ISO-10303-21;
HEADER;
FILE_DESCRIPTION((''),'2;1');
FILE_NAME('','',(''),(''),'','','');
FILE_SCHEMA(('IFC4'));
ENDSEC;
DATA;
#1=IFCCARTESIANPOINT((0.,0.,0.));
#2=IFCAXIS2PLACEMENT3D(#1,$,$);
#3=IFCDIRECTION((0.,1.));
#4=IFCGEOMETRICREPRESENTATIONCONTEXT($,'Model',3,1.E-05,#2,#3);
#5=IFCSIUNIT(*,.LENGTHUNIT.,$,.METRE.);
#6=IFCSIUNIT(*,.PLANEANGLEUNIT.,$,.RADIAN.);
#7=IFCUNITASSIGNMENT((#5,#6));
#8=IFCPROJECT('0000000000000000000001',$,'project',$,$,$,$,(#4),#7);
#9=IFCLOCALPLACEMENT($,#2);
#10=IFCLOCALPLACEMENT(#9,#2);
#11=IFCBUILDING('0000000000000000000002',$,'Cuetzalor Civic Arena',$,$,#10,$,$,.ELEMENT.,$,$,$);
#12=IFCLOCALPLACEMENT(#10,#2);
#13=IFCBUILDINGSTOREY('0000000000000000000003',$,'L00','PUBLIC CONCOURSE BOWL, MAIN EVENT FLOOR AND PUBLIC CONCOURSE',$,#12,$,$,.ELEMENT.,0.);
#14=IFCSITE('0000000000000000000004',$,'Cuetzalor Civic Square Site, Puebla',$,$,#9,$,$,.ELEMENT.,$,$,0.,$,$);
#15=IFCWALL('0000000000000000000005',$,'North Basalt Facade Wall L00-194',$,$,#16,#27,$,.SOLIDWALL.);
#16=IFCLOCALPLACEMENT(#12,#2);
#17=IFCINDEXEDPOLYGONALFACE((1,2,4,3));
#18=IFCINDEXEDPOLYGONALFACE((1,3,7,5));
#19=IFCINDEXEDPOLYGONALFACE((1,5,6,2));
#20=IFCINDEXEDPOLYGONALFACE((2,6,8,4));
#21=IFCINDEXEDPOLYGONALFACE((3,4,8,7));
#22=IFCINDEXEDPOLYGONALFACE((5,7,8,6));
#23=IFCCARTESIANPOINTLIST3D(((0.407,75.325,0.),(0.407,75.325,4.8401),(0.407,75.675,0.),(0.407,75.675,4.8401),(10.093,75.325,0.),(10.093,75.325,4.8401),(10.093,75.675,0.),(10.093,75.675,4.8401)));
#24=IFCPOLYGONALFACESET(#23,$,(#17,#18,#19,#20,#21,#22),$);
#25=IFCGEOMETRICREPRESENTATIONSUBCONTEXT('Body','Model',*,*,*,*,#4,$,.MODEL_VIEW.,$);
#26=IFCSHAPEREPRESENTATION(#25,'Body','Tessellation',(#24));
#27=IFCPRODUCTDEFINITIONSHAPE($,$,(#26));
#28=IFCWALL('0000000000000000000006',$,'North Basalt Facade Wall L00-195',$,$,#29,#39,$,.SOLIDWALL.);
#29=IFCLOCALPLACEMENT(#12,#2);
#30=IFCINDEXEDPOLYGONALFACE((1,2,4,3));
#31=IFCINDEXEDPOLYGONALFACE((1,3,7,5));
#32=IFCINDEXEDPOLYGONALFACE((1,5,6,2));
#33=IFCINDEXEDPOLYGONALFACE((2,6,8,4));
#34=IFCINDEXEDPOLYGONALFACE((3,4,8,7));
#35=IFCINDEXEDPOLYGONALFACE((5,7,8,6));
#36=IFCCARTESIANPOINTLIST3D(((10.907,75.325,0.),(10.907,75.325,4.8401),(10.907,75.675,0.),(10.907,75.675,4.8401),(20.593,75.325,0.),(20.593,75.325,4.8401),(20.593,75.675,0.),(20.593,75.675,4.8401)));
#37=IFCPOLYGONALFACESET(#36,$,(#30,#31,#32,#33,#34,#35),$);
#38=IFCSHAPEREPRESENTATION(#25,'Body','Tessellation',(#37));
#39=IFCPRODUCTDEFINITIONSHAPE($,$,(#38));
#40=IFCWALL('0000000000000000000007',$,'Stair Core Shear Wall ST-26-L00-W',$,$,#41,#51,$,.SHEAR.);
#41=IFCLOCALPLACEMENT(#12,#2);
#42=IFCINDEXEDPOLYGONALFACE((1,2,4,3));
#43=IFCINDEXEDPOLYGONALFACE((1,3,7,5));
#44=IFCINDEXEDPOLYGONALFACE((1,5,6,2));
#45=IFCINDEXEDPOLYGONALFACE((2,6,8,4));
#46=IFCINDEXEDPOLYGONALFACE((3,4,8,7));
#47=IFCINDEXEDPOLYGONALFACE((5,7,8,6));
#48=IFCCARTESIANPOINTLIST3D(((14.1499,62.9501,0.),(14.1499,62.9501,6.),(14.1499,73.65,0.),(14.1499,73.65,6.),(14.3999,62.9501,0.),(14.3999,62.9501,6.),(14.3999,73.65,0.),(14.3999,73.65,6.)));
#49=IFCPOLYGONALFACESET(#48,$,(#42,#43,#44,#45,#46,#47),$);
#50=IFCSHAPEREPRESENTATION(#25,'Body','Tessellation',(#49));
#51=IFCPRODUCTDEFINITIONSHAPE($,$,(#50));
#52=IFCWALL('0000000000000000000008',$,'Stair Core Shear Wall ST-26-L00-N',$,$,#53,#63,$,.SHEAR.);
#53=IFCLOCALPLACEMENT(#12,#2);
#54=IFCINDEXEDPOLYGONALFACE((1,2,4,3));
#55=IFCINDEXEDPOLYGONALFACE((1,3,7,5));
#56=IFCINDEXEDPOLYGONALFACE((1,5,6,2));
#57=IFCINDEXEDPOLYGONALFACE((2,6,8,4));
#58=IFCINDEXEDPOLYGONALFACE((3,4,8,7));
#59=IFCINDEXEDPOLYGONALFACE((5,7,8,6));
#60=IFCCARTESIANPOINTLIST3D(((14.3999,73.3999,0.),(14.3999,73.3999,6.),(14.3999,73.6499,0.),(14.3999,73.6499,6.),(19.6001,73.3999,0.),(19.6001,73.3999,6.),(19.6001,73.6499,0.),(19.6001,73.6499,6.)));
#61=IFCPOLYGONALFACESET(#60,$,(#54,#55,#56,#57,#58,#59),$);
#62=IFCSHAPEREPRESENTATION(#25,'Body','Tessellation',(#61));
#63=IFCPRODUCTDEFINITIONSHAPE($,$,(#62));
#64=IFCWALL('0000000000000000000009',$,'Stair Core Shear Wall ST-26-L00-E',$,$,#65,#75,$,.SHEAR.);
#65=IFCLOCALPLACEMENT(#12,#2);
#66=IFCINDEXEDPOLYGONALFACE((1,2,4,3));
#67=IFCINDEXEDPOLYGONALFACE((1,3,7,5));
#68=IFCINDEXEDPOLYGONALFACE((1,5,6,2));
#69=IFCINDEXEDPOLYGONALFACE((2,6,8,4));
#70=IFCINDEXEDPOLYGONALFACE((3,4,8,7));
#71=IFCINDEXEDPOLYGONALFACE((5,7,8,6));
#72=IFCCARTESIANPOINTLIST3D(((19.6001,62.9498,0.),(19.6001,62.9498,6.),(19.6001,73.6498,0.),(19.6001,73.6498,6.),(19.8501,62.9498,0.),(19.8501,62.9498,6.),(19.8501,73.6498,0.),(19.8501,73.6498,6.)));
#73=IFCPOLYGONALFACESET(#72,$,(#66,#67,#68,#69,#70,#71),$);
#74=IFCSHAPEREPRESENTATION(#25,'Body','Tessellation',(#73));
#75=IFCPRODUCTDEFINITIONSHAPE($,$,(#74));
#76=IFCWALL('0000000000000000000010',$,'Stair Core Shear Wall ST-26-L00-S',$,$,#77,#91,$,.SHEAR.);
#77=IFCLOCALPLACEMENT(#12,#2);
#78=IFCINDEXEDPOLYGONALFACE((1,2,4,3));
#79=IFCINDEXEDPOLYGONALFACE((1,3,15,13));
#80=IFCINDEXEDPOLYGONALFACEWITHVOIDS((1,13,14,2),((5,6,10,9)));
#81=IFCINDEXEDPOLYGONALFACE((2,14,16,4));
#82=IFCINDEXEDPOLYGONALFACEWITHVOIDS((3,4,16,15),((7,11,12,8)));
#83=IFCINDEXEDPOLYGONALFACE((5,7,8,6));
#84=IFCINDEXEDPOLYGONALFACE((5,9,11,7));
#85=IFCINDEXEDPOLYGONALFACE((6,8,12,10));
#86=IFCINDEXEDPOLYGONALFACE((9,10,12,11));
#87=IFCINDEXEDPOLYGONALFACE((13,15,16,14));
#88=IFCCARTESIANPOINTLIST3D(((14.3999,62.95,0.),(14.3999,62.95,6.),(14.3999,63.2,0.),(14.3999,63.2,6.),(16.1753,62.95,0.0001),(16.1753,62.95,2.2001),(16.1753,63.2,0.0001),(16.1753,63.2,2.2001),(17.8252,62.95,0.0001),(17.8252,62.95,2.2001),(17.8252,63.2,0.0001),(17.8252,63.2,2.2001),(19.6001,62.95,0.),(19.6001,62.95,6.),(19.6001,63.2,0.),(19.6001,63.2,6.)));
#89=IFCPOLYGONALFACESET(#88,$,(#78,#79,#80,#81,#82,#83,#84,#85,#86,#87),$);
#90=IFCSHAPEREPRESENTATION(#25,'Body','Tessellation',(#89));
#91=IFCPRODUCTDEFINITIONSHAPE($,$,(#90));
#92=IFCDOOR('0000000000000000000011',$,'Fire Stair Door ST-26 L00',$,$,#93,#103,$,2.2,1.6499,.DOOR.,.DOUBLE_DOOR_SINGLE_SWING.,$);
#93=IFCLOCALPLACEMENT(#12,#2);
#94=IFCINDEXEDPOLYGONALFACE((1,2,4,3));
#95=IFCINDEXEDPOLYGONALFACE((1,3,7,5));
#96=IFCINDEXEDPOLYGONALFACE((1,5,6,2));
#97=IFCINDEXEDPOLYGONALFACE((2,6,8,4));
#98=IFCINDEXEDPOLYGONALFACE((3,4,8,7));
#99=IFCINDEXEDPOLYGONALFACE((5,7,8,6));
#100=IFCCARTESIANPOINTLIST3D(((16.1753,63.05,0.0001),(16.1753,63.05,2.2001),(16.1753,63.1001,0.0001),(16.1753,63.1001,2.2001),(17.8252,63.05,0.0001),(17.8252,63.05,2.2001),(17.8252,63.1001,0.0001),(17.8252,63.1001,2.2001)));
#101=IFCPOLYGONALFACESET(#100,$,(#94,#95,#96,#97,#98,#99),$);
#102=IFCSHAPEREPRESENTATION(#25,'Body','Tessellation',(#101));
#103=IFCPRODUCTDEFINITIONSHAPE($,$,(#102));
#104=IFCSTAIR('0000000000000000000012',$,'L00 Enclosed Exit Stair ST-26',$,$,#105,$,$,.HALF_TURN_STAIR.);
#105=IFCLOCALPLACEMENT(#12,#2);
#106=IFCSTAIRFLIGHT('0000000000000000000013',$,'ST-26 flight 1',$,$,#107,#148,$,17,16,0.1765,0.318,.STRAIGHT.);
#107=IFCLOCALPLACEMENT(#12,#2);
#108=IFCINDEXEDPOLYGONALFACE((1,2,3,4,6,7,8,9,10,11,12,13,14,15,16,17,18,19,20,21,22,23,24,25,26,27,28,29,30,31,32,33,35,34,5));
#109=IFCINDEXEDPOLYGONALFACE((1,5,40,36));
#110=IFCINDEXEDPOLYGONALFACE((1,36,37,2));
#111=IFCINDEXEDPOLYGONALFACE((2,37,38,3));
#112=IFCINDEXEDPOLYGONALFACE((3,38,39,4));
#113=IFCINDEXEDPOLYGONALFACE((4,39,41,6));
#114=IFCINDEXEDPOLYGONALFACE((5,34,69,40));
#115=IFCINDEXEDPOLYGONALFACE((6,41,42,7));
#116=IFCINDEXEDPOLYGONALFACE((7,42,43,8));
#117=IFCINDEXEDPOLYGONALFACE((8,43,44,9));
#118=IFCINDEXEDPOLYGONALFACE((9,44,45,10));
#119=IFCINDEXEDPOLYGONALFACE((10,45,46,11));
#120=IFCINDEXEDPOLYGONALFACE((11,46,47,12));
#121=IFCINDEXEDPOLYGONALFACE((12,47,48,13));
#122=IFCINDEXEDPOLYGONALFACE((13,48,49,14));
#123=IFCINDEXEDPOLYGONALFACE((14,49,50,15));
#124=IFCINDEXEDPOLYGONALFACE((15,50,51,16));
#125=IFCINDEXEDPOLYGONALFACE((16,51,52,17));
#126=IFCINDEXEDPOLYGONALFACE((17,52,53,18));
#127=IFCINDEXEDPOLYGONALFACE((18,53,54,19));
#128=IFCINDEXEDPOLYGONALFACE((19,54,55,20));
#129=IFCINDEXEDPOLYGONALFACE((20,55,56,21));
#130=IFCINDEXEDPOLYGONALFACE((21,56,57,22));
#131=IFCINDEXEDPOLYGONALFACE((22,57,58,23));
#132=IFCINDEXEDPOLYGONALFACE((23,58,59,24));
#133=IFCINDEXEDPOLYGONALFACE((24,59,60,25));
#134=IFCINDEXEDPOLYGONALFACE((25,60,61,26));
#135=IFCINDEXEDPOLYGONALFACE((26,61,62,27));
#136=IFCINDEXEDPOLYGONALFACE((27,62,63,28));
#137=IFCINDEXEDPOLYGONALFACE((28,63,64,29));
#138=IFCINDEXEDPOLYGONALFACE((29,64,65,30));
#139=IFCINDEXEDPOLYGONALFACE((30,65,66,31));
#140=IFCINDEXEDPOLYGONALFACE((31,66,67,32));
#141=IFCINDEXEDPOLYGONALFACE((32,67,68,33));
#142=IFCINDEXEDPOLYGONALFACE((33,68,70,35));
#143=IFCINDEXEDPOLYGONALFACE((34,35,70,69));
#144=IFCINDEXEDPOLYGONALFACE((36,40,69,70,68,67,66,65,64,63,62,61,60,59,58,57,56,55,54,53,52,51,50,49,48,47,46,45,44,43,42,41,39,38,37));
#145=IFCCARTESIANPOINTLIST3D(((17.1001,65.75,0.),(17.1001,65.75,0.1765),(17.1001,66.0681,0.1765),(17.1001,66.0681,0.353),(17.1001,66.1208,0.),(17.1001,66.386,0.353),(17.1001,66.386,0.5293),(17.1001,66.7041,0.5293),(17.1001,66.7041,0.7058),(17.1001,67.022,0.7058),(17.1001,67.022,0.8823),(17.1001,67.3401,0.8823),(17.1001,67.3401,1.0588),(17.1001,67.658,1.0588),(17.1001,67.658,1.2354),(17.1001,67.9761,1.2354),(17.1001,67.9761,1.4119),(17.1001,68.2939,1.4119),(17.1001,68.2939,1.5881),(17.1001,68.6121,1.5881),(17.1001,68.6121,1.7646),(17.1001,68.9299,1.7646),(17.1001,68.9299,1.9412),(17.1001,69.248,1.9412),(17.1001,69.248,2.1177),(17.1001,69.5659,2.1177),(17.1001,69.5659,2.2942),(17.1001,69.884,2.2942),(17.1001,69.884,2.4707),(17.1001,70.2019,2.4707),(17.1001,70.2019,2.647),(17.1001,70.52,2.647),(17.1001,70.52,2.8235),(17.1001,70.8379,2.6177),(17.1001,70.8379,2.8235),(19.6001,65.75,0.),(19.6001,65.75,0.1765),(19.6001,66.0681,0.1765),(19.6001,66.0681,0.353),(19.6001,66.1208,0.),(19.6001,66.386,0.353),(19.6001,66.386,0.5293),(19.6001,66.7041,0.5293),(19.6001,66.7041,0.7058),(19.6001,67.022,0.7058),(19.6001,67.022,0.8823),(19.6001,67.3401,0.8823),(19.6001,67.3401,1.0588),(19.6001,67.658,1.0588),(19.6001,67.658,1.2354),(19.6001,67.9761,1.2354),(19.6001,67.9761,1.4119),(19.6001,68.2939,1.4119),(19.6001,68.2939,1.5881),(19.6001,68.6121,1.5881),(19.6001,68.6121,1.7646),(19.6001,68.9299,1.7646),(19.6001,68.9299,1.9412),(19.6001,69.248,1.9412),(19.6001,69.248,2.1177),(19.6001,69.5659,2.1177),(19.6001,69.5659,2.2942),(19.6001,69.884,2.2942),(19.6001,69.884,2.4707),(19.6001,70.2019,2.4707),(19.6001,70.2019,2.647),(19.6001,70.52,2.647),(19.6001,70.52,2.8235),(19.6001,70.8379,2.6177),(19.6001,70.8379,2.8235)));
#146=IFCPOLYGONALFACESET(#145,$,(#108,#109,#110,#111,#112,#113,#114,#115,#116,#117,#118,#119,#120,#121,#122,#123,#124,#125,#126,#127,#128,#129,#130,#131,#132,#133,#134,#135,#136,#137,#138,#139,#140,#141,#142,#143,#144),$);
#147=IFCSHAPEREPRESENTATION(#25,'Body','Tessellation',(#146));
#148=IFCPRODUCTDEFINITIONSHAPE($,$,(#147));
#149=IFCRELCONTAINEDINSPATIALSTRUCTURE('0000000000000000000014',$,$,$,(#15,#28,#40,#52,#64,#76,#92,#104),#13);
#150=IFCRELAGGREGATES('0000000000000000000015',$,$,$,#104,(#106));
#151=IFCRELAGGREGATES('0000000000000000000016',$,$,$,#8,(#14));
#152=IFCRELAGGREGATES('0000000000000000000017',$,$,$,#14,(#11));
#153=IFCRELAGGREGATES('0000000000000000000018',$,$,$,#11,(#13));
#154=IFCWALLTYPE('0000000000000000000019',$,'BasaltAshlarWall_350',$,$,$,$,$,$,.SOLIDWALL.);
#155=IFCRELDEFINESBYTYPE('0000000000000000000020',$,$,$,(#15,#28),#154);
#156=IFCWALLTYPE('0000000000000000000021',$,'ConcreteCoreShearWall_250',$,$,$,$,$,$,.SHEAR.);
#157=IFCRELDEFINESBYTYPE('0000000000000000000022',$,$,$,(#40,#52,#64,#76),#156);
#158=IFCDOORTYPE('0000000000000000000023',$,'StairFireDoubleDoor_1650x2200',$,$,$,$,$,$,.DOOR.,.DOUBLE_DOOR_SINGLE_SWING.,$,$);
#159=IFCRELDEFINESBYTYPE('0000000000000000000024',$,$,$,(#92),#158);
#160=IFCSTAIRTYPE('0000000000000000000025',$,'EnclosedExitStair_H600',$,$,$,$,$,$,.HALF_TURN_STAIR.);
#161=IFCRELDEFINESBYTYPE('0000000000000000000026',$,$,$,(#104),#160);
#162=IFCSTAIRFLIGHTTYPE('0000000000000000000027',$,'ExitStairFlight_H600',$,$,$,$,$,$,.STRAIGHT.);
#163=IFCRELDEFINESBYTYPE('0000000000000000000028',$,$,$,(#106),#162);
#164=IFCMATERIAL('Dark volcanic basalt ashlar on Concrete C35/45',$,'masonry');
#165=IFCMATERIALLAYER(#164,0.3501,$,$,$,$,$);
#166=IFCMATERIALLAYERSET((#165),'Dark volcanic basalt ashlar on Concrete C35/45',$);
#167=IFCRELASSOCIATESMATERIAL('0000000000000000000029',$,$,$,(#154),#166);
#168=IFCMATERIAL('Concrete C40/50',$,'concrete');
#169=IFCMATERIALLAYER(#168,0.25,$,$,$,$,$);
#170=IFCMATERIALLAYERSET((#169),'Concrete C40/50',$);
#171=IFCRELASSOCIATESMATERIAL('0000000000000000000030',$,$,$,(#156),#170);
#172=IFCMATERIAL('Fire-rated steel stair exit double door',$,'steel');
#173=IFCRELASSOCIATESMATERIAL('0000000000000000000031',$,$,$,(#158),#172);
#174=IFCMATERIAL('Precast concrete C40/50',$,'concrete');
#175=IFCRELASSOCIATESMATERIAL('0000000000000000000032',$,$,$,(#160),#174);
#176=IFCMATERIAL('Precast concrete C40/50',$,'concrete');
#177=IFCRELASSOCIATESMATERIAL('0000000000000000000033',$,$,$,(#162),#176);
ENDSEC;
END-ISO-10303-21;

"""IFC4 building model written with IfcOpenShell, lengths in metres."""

from ifc_helpers import new_model, si_unit, direction, frame, frame_2d, origin, place, context, subcontext, project, spatial, polyline, rectangle, outline, extrude, material, layer, layer_set, type_object, element, fill, aggregate, save


model = new_model("IFC4")

# Units and contexts
model_context = context("Model", 3, precision=1e-05, world=origin(), true_north=direction((0.0, 1.0)))
body_context = subcontext(model_context, "Body", "Model", "MODEL_VIEW")
ifc_project = project(units=[si_unit("LENGTHUNIT", "METRE"), si_unit("PLANEANGLEUNIT", "RADIAN")], contexts=[model_context])

# Site, building, storey
site_placement = place(None, origin())
site = spatial("IfcSite", under=ifc_project, at=site_placement, Name="Cuetzalor Civic Square Site, Puebla", CompositionType="ELEMENT", RefElevation=0.0)
building_placement = place(site_placement, origin())
building = spatial("IfcBuilding", under=site, at=building_placement, Name="Cuetzalor Civic Arena", CompositionType="ELEMENT")
storey_placement = place(building_placement, origin())
storey = spatial("IfcBuildingStorey", under=building, at=storey_placement, Name="L00", Description="PUBLIC CONCOURSE BOWL, MAIN EVENT FLOOR AND PUBLIC CONCOURSE", CompositionType="ELEMENT", Elevation=0.0)

# Walls
ifc_material_1 = material(Name="Dark volcanic basalt ashlar on Concrete C35/45", Category="masonry")
ifc_layer_1 = layer(ifc_material_1, 0.3501)
ifc_layer_set_1 = layer_set([ifc_layer_1], Name="Dark volcanic basalt ashlar on Concrete C35/45")
wall_type_1 = type_object("IfcWallType", Name="BasaltAshlarWall_350", PredefinedType="SOLIDWALL", material=ifc_layer_set_1)
for number, where, z_axis, x_axis, name in (
    (1, (0.407, 75.5, 0.0), (0.0, 0.0, 1.0), (1.0, 0.0, 0.0), "North Basalt Facade Wall L00-194"),
    (2, (10.907, 75.5, 0.0), (0.0, 0.0, 1.0), (1.0, 0.0, 0.0), "North Basalt Facade Wall L00-195"),
):
    element("IfcWall", number, at=place(storey_placement, frame(where, z_axis=z_axis, x_axis=x_axis)), inside=storey, type_object=wall_type_1, Name=name, PredefinedType="SOLIDWALL", context=body_context, shape_type="SweptSolid", body=[
        extrude(rectangle(XDim=9.686, YDim=0.3501, at=frame_2d((4.843, 0.0))), origin(), (0.0, 0.0, 1.0), 4.8401),
    ])
ifc_material_2 = material(Name="Concrete C40/50", Category="concrete")
ifc_layer_2 = layer(ifc_material_2, 0.25)
ifc_layer_set_2 = layer_set([ifc_layer_2], Name="Concrete C40/50")
wall_type_2 = type_object("IfcWallType", Name="ConcreteCoreShearWall_250", PredefinedType="SHEAR", material=ifc_layer_set_2)
wall_1_placement = place(storey_placement, frame((14.2749, 62.95, 0.0), z_axis=(0.0, 0.0, 1.0), x_axis=(0.0, 1.0, 0.0)))
element("IfcWall", 3, at=wall_1_placement, inside=storey, type_object=wall_type_2, Name="Stair Core Shear Wall ST-26-L00-W", PredefinedType="SHEAR", context=body_context, shape_type="SweptSolid", body=[
    extrude(rectangle(XDim=10.7, YDim=0.25, at=frame_2d((5.3501, 0.0))), origin(), (0.0, 0.0, 1.0), 6.0),
])
wall_2_placement = place(storey_placement, frame((14.3999, 73.5249, 0.0), z_axis=(0.0, 0.0, 1.0), x_axis=(1.0, 0.0, 0.0)))
element("IfcWall", 4, at=wall_2_placement, inside=storey, type_object=wall_type_2, Name="Stair Core Shear Wall ST-26-L00-N", PredefinedType="SHEAR", context=body_context, shape_type="SweptSolid", body=[
    extrude(rectangle(XDim=5.2002, YDim=0.25, at=frame_2d((2.6001, 0.0))), origin(), (0.0, 0.0, 1.0), 6.0),
])
wall_3_placement = place(storey_placement, frame((19.7251, 73.6499, 0.0), z_axis=(0.0, 0.0, 1.0), x_axis=(0.0, -1.0, 0.0)))
element("IfcWall", 5, at=wall_3_placement, inside=storey, type_object=wall_type_2, Name="Stair Core Shear Wall ST-26-L00-E", PredefinedType="SHEAR", context=body_context, shape_type="SweptSolid", body=[
    extrude(rectangle(XDim=10.7, YDim=0.25, at=frame_2d((5.3501, 0.0))), origin(), (0.0, 0.0, 1.0), 6.0),
])

# Wall, opening, door
wall_4_placement = place(storey_placement, frame((19.6001, 63.075, 0.0), z_axis=(0.0, 0.0, 1.0), x_axis=(-1.0, 0.0, 0.0)))
wall_4 = element("IfcWall", 6, at=wall_4_placement, inside=storey, type_object=wall_type_2, Name="Stair Core Shear Wall ST-26-L00-S", PredefinedType="SHEAR", context=body_context, shape_type="SweptSolid", body=[
    extrude(rectangle(XDim=5.2002, YDim=0.25, at=frame_2d((2.6001, 0.0))), origin(), (0.0, 0.0, 1.0), 6.0),
])
opening_placement = place(wall_4_placement, frame((1.7749, 0.0, 0.0)))
opening = element("IfcOpeningElement", 7, at=opening_placement, cuts=wall_4, PredefinedType="OPENING", context=body_context, shape_type="SweptSolid", body=[
    extrude(rectangle(XDim=1.6499, YDim=2.2, at=frame_2d((0.825, 1.1001))), frame((0.0, 0.135, 0.0), z_axis=(0.0, -1.0, 0.0), x_axis=(1.0, 0.0, 0.0)), (0.0, 0.0, 1.0), 0.27),
])
ifc_material_3 = material(Name="Fire-rated steel stair exit double door", Category="steel")
door_type = type_object("IfcDoorType", Name="StairFireDoubleDoor_1650x2200", OperationType="DOUBLE_DOOR_SINGLE_SWING", PredefinedType="DOOR", material=ifc_material_3)
door_placement = place(opening_placement, origin())
door = element("IfcDoor", 8, at=door_placement, inside=storey, type_object=door_type, Name="Fire Stair Door ST-26 L00", OperationType="DOUBLE_DOOR_SINGLE_SWING", OverallHeight=2.2, OverallWidth=1.6499, PredefinedType="DOOR", context=body_context, shape_type="SweptSolid", body=[
    extrude(rectangle(XDim=1.6499, YDim=2.2, at=frame_2d((0.825, 1.1001))), frame((0.0, 0.0249, 0.0), z_axis=(0.0, -1.0, 0.0), x_axis=(1.0, 0.0, 0.0)), (0.0, 0.0, 1.0), 0.05),
])
fill(opening, door)

# Stair, stair flight
ifc_material_4 = material(Name="Precast concrete C40/50", Category="concrete")
stair_type = type_object("IfcStairType", Name="EnclosedExitStair_H600", PredefinedType="HALF_TURN_STAIR", material=ifc_material_4)
stair_placement = place(storey_placement, origin())
stair = element("IfcStair", 9, at=stair_placement, inside=storey, type_object=stair_type, Name="L00 Enclosed Exit Stair ST-26", PredefinedType="HALF_TURN_STAIR")
ifc_material_5 = material(Name="Precast concrete C40/50", Category="concrete")
stair_flight_type = type_object("IfcStairFlightType", Name="ExitStairFlight_H600", PredefinedType="STRAIGHT", material=ifc_material_5)
stair_flight_1_placement = place(storey_placement, frame((18.3501, 65.75, 0.0), z_axis=(0.0, 0.0, 1.0), x_axis=(0.0, 1.0, 0.0)))
stair_flight_1 = element("IfcStairFlight", 10, at=stair_flight_1_placement, type_object=stair_flight_type, Name="ST-26 flight 1", NumberOfRisers=17, NumberOfTreads=16, PredefinedType="STRAIGHT", RiserHeight=0.1765, TreadLength=0.318, context=body_context, shape_type="SweptSolid", body=[
    extrude(outline(polyline([(0.0, 0.0), (0.0, 0.1765), (0.3181, 0.1765), (0.3181, 0.353), (0.636, 0.353), (0.636, 0.5293), (0.9541, 0.5293), (0.9541, 0.7058), (1.272, 0.7058), (1.272, 0.8823), (1.5901, 0.8823), (1.5901, 1.0588), (1.908, 1.0588), (1.908, 1.2354), (2.2261, 1.2354), (2.2261, 1.4119), (2.5439, 1.4119), (2.5439, 1.5881), (2.8621, 1.5881), (2.8621, 1.7646), (3.1799, 1.7646), (3.1799, 1.9412), (3.498, 1.9412), (3.498, 2.1177), (3.8159, 2.1177), (3.8159, 2.2942), (4.134, 2.2942), (4.134, 2.4707), (4.4519, 2.4707), (4.4519, 2.647), (4.77, 2.647), (4.77, 2.8235), (5.0879, 2.8235), (5.0879, 3.0), (5.0879, 2.6177), (0.3708, 0.0), (0.0, 0.0)])), frame((0.0, 1.25, 0.0), z_axis=(0.0, -1.0, 0.0), x_axis=(1.0, 0.0, 0.0)), (0.0, 0.0, 1.0), 2.5),
])
aggregate(stair, [stair_flight_1])

save(model, "model.ifc")
